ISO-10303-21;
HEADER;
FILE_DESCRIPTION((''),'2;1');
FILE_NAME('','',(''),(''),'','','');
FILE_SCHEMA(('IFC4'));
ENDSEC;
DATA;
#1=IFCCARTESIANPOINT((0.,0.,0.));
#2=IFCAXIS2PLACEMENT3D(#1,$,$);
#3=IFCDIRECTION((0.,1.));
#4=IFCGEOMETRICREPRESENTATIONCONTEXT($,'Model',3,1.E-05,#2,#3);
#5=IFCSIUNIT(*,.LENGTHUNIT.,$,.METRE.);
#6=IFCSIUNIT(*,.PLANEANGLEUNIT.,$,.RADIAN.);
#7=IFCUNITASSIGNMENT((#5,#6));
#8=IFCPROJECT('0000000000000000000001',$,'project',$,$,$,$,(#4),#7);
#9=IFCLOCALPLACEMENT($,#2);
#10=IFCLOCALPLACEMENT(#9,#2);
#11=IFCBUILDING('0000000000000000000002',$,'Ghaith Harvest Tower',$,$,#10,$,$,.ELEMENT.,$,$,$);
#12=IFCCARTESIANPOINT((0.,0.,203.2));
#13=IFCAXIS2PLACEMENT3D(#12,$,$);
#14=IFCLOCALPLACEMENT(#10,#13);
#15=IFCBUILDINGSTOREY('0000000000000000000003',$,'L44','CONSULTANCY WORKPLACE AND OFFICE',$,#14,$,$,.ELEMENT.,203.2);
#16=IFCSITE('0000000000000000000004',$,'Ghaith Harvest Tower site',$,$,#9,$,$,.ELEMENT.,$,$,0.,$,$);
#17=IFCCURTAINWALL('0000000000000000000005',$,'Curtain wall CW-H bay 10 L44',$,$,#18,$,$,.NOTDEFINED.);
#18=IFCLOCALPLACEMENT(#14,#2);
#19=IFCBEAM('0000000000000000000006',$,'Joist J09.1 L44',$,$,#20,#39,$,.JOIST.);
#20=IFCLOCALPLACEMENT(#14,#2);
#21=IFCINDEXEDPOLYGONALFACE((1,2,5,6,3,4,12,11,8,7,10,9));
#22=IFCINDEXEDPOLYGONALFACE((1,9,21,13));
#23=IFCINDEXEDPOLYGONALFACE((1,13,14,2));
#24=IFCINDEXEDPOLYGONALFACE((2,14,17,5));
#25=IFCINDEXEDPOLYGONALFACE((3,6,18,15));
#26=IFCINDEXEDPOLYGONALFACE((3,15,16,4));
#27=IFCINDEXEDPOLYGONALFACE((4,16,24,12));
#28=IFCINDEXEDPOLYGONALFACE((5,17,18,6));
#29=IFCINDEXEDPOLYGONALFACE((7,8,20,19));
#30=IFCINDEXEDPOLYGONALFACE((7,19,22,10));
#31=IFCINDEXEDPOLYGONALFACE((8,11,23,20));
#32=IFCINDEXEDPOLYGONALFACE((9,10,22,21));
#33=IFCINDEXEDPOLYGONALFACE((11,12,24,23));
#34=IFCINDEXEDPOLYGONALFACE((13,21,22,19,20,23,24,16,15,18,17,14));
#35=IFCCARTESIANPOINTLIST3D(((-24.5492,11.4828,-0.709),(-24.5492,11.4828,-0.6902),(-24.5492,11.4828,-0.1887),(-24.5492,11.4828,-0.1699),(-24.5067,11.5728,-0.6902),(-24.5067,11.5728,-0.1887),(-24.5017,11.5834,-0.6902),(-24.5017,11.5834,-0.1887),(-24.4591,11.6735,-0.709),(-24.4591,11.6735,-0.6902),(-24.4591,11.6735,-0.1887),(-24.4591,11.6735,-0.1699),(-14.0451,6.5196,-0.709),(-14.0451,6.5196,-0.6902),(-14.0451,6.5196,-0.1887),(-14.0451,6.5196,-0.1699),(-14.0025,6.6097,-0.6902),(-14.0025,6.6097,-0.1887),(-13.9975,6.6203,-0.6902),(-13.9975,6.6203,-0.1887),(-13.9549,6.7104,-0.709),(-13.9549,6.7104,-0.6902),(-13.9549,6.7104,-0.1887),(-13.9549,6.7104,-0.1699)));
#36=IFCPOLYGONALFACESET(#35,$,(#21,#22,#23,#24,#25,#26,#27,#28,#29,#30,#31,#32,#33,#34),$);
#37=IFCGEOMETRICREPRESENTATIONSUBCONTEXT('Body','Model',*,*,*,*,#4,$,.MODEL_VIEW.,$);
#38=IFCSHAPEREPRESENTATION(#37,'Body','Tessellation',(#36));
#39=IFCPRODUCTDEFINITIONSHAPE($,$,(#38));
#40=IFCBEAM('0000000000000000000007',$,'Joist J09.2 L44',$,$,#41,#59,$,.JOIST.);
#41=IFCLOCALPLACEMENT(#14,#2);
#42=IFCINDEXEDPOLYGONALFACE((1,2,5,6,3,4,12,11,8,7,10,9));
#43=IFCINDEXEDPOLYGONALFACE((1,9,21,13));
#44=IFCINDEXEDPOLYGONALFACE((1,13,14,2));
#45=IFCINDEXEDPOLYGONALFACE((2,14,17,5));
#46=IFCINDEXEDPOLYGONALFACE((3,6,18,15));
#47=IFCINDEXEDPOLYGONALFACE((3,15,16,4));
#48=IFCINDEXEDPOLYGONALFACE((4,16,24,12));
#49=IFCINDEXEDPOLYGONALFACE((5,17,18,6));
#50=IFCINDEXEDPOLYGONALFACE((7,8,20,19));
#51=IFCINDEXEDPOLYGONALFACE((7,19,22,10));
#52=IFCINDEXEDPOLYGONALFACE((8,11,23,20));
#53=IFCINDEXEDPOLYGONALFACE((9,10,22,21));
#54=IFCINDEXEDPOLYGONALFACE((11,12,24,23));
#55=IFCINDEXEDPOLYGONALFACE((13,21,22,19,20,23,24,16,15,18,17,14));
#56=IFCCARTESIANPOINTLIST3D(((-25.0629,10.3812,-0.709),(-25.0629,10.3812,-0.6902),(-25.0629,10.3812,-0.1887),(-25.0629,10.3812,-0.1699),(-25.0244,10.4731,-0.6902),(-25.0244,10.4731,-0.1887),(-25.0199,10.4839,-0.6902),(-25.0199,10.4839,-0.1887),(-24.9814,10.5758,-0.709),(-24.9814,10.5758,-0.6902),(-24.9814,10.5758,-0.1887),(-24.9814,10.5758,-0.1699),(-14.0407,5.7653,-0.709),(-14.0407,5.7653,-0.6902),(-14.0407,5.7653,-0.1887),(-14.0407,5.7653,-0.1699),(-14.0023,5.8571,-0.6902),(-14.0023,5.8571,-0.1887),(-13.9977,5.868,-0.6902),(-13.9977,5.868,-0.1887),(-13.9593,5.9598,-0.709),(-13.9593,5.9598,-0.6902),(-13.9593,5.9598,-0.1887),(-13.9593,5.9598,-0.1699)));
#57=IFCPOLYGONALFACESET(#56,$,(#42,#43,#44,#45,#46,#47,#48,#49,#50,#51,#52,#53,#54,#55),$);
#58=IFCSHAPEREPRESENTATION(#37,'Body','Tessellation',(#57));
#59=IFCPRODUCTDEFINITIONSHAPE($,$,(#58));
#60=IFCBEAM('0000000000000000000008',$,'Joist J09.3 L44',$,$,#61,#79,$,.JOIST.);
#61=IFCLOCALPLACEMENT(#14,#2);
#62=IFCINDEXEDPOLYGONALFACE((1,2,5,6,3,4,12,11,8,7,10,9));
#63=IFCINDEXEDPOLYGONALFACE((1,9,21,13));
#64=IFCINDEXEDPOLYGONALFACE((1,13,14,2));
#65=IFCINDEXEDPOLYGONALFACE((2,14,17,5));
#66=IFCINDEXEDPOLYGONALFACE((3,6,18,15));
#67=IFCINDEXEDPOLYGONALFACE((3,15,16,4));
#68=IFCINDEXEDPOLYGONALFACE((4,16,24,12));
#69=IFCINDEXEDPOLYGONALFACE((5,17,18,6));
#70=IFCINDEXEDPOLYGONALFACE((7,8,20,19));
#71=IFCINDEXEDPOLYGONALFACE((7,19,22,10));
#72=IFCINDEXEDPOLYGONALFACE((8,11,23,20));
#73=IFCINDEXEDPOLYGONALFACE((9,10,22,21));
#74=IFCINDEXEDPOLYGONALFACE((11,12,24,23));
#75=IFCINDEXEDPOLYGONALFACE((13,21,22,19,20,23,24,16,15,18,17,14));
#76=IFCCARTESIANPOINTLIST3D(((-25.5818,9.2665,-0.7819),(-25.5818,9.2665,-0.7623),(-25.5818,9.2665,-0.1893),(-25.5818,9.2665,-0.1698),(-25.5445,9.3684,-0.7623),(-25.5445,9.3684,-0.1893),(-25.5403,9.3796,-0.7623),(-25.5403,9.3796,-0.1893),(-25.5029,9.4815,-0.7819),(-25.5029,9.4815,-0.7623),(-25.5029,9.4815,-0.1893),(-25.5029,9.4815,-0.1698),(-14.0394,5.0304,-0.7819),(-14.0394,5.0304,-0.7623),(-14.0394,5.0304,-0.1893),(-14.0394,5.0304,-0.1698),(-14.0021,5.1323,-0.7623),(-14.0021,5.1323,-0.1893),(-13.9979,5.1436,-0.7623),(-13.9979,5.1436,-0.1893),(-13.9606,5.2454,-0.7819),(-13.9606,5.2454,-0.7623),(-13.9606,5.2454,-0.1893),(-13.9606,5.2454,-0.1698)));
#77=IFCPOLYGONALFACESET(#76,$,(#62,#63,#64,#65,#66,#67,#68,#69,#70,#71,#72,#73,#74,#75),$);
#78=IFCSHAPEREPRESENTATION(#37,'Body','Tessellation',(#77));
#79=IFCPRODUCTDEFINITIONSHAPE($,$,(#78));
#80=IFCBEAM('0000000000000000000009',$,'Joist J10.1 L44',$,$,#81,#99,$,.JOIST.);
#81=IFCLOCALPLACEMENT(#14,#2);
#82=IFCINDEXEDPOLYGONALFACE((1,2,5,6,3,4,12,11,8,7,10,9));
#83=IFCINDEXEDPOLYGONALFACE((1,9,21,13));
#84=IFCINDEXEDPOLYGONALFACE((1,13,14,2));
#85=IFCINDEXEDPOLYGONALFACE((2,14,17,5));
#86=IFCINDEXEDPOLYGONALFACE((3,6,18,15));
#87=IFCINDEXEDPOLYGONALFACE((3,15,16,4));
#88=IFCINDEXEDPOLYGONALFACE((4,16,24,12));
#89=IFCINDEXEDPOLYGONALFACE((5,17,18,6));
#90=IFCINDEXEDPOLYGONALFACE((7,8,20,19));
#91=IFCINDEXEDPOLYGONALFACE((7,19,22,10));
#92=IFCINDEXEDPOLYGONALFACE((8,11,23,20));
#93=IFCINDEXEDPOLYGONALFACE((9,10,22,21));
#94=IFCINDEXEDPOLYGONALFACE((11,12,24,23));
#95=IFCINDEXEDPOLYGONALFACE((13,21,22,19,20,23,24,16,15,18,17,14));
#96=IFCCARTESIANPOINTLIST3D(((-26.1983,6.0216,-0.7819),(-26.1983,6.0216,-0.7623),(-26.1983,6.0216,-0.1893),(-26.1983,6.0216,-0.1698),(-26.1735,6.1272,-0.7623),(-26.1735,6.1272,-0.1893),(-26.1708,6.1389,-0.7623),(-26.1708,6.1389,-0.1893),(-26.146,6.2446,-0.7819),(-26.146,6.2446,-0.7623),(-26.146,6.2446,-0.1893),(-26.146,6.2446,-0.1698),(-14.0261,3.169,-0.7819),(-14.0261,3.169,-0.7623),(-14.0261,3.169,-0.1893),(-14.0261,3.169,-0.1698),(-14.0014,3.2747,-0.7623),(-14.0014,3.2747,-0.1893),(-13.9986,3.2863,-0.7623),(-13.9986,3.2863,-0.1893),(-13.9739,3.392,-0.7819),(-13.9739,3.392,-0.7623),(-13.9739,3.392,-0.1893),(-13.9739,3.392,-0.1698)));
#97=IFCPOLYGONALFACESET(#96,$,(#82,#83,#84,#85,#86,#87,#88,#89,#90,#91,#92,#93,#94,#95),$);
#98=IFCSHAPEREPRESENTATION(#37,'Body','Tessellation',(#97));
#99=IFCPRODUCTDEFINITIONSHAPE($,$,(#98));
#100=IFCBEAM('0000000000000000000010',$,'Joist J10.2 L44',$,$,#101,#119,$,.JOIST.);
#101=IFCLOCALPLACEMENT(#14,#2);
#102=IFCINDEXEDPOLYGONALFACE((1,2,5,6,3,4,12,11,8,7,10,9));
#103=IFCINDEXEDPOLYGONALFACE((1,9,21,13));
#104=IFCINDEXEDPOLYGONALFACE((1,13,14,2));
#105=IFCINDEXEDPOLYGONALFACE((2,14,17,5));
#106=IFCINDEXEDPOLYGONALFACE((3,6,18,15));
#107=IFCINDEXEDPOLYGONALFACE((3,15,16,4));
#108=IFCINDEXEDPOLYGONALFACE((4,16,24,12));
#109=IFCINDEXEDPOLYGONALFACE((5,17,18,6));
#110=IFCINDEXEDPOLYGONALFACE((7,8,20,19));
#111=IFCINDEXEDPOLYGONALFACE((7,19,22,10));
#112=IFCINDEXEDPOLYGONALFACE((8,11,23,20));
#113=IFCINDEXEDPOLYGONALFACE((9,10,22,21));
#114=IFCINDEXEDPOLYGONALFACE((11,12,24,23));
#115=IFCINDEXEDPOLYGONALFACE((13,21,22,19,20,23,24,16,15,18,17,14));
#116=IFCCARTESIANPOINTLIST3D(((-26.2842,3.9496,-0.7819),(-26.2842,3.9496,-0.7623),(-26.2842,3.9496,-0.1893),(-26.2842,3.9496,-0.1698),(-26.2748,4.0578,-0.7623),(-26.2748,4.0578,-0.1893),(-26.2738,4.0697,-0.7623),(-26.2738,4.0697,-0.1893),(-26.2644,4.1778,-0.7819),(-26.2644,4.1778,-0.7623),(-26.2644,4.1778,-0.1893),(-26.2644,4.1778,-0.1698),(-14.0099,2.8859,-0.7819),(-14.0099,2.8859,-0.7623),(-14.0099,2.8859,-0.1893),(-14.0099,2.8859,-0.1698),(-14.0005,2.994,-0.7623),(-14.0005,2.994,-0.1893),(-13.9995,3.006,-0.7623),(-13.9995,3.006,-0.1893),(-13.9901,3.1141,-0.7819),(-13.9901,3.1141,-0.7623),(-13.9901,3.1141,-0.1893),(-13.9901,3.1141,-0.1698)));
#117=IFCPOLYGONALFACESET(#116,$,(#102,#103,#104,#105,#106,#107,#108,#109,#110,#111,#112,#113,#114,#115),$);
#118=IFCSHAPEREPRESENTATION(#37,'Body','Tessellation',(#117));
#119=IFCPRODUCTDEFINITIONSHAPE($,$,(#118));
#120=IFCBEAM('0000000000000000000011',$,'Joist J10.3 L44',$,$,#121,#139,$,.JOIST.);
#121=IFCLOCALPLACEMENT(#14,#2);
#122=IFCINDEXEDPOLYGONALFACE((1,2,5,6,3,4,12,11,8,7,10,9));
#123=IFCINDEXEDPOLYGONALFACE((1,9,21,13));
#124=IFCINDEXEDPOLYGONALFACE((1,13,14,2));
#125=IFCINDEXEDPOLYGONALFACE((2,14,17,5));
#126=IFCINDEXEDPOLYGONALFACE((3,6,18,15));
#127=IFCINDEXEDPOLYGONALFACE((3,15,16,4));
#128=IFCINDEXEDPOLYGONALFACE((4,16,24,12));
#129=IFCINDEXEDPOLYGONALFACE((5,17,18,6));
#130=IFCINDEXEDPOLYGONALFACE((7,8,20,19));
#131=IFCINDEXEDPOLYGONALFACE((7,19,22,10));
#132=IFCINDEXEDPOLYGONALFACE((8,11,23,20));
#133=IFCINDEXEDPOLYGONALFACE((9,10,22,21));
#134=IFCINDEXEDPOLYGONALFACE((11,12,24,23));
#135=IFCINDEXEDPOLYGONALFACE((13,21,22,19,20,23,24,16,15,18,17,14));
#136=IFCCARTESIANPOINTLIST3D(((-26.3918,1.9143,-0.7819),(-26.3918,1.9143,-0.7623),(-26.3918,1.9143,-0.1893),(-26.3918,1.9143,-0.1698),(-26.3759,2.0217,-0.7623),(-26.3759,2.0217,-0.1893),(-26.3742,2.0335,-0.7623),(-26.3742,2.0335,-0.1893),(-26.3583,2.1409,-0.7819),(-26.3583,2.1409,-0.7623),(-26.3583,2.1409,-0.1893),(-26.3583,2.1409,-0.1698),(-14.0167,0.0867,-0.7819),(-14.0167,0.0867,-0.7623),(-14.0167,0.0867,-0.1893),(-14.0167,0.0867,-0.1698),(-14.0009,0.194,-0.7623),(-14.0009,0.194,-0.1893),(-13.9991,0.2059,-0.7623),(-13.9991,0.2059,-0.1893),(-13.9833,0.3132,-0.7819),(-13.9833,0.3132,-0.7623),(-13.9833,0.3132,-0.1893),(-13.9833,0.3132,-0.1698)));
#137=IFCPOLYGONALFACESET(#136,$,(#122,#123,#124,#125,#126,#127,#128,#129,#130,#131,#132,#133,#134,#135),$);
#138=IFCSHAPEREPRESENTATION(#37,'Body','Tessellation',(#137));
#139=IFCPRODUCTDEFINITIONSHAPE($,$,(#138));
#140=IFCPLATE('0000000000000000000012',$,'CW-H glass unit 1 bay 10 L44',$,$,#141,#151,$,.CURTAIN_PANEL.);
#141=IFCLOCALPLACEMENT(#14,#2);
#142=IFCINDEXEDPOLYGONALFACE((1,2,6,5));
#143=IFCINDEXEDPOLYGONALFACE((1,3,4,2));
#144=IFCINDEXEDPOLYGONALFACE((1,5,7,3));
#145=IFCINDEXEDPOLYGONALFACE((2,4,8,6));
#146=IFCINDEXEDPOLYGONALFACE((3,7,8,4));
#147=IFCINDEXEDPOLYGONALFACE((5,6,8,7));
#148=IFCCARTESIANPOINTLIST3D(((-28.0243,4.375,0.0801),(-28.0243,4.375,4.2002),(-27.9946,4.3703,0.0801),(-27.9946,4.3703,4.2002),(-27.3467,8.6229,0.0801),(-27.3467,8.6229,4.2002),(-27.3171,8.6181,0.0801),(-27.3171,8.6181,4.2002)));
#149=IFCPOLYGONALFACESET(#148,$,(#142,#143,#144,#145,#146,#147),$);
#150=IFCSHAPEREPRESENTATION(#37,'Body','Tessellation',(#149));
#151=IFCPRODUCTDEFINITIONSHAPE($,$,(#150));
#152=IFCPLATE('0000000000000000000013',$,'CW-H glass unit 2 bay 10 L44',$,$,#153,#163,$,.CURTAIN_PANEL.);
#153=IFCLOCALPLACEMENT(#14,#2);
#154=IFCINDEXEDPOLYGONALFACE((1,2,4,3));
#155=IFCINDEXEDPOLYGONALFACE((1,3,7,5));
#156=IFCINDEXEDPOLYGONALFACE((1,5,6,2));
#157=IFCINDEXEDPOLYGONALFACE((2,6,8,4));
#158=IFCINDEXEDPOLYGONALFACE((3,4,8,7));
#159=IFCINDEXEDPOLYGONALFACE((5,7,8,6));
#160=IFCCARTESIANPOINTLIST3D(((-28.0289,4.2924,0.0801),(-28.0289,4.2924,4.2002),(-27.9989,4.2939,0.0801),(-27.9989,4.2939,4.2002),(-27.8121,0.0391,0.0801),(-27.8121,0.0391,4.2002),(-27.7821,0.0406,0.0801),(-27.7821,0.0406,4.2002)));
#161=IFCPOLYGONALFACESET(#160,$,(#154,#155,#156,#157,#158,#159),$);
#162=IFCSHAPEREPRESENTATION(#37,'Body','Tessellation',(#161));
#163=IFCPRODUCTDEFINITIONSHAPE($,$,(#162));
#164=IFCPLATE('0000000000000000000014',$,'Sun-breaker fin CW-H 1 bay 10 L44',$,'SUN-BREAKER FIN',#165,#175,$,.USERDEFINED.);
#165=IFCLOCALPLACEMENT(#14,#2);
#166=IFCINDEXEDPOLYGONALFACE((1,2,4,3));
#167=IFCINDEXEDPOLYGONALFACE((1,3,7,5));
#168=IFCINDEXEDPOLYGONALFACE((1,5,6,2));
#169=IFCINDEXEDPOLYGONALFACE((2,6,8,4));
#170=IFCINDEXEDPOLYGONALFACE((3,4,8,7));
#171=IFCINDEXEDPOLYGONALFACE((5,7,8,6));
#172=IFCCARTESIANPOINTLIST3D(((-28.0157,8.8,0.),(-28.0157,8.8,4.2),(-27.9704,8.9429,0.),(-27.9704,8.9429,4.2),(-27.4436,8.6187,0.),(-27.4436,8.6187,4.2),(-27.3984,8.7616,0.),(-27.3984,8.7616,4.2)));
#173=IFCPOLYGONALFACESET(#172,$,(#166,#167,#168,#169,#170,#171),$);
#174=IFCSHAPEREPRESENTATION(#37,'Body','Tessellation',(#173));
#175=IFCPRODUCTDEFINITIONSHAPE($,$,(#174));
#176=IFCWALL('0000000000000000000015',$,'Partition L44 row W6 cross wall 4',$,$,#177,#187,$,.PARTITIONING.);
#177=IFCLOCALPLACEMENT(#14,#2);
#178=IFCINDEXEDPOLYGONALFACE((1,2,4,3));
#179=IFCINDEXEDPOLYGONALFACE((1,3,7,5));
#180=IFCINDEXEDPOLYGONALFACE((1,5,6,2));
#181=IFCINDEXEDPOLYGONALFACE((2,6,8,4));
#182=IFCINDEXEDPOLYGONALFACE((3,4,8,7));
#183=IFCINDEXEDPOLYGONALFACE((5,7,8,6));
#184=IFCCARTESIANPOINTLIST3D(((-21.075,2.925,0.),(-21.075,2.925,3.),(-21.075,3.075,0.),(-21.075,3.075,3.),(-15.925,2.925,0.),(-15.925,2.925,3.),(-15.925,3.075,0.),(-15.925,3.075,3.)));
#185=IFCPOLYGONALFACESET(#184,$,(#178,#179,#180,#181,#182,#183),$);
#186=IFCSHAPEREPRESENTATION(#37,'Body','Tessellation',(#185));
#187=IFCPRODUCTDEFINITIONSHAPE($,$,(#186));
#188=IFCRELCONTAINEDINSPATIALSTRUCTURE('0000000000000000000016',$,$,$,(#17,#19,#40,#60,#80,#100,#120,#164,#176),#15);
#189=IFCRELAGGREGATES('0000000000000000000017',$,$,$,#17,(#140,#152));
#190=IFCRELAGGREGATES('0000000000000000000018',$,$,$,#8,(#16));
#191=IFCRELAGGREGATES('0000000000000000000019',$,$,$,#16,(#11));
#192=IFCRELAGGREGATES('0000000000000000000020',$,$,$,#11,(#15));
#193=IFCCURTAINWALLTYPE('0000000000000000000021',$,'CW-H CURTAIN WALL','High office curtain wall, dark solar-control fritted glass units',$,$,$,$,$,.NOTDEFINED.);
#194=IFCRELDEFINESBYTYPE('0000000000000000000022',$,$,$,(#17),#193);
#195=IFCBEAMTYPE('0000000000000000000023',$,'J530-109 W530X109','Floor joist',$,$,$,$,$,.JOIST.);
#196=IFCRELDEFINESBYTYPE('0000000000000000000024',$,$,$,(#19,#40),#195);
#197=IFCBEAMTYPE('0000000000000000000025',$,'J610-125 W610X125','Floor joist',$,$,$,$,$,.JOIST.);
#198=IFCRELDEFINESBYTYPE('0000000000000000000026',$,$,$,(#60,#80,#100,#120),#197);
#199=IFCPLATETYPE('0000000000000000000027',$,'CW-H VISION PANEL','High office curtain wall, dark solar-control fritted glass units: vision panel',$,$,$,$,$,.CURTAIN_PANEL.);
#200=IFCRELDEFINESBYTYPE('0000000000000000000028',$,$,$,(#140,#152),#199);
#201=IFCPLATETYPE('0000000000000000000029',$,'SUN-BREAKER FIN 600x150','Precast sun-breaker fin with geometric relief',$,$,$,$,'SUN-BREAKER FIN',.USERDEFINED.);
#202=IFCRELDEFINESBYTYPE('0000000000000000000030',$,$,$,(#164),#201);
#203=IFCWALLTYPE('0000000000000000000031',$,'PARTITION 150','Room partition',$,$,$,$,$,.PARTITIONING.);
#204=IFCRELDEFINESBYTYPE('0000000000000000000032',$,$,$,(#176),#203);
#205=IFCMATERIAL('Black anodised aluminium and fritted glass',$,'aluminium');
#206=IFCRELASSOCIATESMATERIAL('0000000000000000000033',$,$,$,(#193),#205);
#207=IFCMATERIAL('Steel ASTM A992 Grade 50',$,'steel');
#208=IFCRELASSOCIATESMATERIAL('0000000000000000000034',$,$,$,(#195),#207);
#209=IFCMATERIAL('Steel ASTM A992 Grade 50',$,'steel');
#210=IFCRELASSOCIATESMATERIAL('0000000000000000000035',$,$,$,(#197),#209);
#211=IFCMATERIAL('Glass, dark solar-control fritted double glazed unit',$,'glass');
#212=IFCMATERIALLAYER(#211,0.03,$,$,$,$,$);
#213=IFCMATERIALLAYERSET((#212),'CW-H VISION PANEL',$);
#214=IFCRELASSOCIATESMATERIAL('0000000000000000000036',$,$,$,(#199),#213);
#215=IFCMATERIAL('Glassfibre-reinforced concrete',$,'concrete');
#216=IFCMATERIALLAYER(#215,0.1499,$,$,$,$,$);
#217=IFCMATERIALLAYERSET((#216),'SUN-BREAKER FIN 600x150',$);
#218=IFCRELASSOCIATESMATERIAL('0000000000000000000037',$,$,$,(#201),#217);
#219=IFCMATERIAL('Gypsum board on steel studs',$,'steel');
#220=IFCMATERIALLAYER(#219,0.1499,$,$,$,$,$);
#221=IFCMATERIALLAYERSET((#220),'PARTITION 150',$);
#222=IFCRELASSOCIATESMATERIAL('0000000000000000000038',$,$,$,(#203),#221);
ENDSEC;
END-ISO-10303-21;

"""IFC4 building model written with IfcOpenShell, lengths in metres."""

from ifc_helpers import new_model, si_unit, direction, frame, frame_2d, origin, origin_2d, place, context, subcontext, project, spatial, rectangle, i_section, extrude, material, layer, layer_set, material_profile, profile_set, type_object, element, aggregate, save


model = new_model("IFC4")

# Units and contexts
model_context = context("Model", 3, precision=1e-05, world=origin(), true_north=direction((0.0, 1.0)))
body_context = subcontext(model_context, "Body", "Model", "MODEL_VIEW")
ifc_project = project(units=[si_unit("LENGTHUNIT", "METRE"), si_unit("PLANEANGLEUNIT", "RADIAN")], contexts=[model_context])

# Site, building, storey
site_placement = place(None, origin())
site = spatial("IfcSite", under=ifc_project, at=site_placement, Name="Ghaith Harvest Tower site", CompositionType="ELEMENT", RefElevation=0.0)
building_placement = place(site_placement, origin())
building = spatial("IfcBuilding", under=site, at=building_placement, Name="Ghaith Harvest Tower", CompositionType="ELEMENT")
storey_placement = place(building_placement, frame((0.0, 0.0, 203.2)))
storey = spatial("IfcBuildingStorey", under=building, at=storey_placement, Name="L44", Description="CONSULTANCY WORKPLACE AND OFFICE", CompositionType="ELEMENT", Elevation=203.2)

# Curtain wall
ifc_material_1 = material(Name="Black anodised aluminium and fritted glass", Category="aluminium")
curtain_wall_type = type_object("IfcCurtainWallType", Name="CW-H CURTAIN WALL", Description="High office curtain wall, dark solar-control fritted glass units", PredefinedType="NOTDEFINED", material=ifc_material_1)
curtain_wall_placement = place(storey_placement, origin())
curtain_wall = element("IfcCurtainWall", 1, at=curtain_wall_placement, inside=storey, type_object=curtain_wall_type, Name="Curtain wall CW-H bay 10 L44", PredefinedType="NOTDEFINED")

# Beams
ifc_material_2 = material(Name="Steel ASTM A992 Grade 50", Category="steel")
ifc_material_profile_1 = material_profile(ifc_material_2, i_section(OverallWidth=0.2109, OverallDepth=0.5391, WebThickness=0.0117, FlangeThickness=0.0188, at=origin_2d()), Name="W530X109")
ifc_profile_set_1 = profile_set([ifc_material_profile_1], Name="Steel ASTM A992 Grade 50")
beam_type_1 = type_object("IfcBeamType", Name="J530-109 W530X109", Description="Floor joist", PredefinedType="JOIST", material=ifc_profile_set_1)
beam_1_placement = place(storey_placement, frame((-14.0, 6.615, -0.4395), z_axis=(-0.904154, 0.427206, 0.0), x_axis=(-0.427206, -0.904154, 0.0)))
element("IfcBeam", 2, at=beam_1_placement, inside=storey, type_object=beam_type_1, Name="Joist J09.1 L44", PredefinedType="JOIST", context=body_context, shape_type="SweptSolid", body=[
    extrude(i_section(OverallWidth=0.2109, OverallDepth=0.5391, WebThickness=0.0117, FlangeThickness=0.0188, at=origin_2d()), origin(), (0.0, 0.0, 1.0), 11.6177),
])
beam_2_placement = place(storey_placement, frame((-14.0, 5.8625, -0.4395), z_axis=(-0.922381, 0.386282, 0.0), x_axis=(-0.386282, -0.922381, 0.0)))
element("IfcBeam", 3, at=beam_2_placement, inside=storey, type_object=beam_type_1, Name="Joist J09.2 L44", PredefinedType="JOIST", context=body_context, shape_type="SweptSolid", body=[
    extrude(i_section(OverallWidth=0.2109, OverallDepth=0.5391, WebThickness=0.0117, FlangeThickness=0.0188, at=origin_2d()), origin(), (0.0, 0.0, 1.0), 11.9497),
])
ifc_material_3 = material(Name="Steel ASTM A992 Grade 50", Category="steel")
ifc_material_profile_2 = material_profile(ifc_material_3, i_section(OverallWidth=0.229, OverallDepth=0.6121, WebThickness=0.012, FlangeThickness=0.0195, at=origin_2d()), Name="W610X125")
ifc_profile_set_2 = profile_set([ifc_material_profile_2], Name="Steel ASTM A992 Grade 50")
beam_type_2 = type_object("IfcBeamType", Name="J610-125 W610X125", Description="Floor joist", PredefinedType="JOIST", material=ifc_profile_set_2)
beam_3_placement = place(storey_placement, frame((-14.0, 5.1379, -0.4758), z_axis=(-0.938775, 0.34453, 0.0), x_axis=(-0.34453, -0.938775, 0.0)))
element("IfcBeam", 4, at=beam_3_placement, inside=storey, type_object=beam_type_2, Name="Joist J09.3 L44", PredefinedType="JOIST", context=body_context, shape_type="SweptSolid", body=[
    extrude(i_section(OverallWidth=0.229, OverallDepth=0.6121, WebThickness=0.012, FlangeThickness=0.0195, at=origin_2d()), origin(), (0.0, 0.0, 1.0), 12.2952),
])
beam_4_placement = place(storey_placement, frame((-14.0, 3.2805, -0.4758), z_axis=(-0.973622, 0.228168, 0.0), x_axis=(-0.228168, -0.973622, 0.0)))
element("IfcBeam", 5, at=beam_4_placement, inside=storey, type_object=beam_type_2, Name="Joist J10.1 L44", PredefinedType="JOIST", context=body_context, shape_type="SweptSolid", body=[
    extrude(i_section(OverallWidth=0.229, OverallDepth=0.6121, WebThickness=0.012, FlangeThickness=0.0195, at=origin_2d()), origin(), (0.0, 0.0, 1.0), 12.502),
])
beam_5_placement = place(storey_placement, frame((-14.0, 3.0, -0.4758), z_axis=(-0.996266, 0.086338, 0.0), x_axis=(-0.086338, -0.996266, 0.0)))
element("IfcBeam", 6, at=beam_5_placement, inside=storey, type_object=beam_type_2, Name="Joist J10.2 L44", PredefinedType="JOIST", context=body_context, shape_type="SweptSolid", body=[
    extrude(i_section(OverallWidth=0.229, OverallDepth=0.6121, WebThickness=0.012, FlangeThickness=0.0195, at=origin_2d()), origin(), (0.0, 0.0, 1.0), 12.3203),
])
beam_6_placement = place(storey_placement, frame((-14.0, 0.2, -0.4758), z_axis=(-0.989269, 0.146103, 0.0), x_axis=(-0.146103, -0.989269, 0.0)))
element("IfcBeam", 7, at=beam_6_placement, inside=storey, type_object=beam_type_2, Name="Joist J10.3 L44", PredefinedType="JOIST", context=body_context, shape_type="SweptSolid", body=[
    extrude(i_section(OverallWidth=0.229, OverallDepth=0.6121, WebThickness=0.012, FlangeThickness=0.0195, at=origin_2d()), origin(), (0.0, 0.0, 1.0), 12.5093),
])

# Plates
ifc_material_4 = material(Name="Glass, dark solar-control fritted double glazed unit", Category="glass")
ifc_layer_1 = layer(ifc_material_4, 0.03)
ifc_layer_set_1 = layer_set([ifc_layer_1], Name="CW-H VISION PANEL")
plate_type_1 = type_object("IfcPlateType", Name="CW-H VISION PANEL", Description="High office curtain wall, dark solar-control fritted glass units: vision panel", PredefinedType="CURTAIN_PANEL", material=ifc_layer_set_1)
plate_1_placement = place(storey_placement, frame((-27.6707, 6.4966, 0.0801), z_axis=(0.0, 0.0, 1.0), x_axis=(-0.157514, -0.987517, 0.0)))
plate_1 = element("IfcPlate", 8, at=plate_1_placement, type_object=plate_type_1, Name="CW-H glass unit 1 bay 10 L44", PredefinedType="CURTAIN_PANEL", context=body_context, shape_type="SweptSolid", body=[
    extrude(rectangle(XDim=4.3015, YDim=0.03, at=origin_2d()), origin(), (0.0, 0.0, 1.0), 4.1201),
])
plate_2_placement = place(storey_placement, frame((-27.9055, 2.1665, 0.0801), z_axis=(0.0, 0.0, 1.0), x_axis=(0.050895, -0.998704, 0.0)))
plate_2 = element("IfcPlate", 9, at=plate_2_placement, type_object=plate_type_1, Name="CW-H glass unit 2 bay 10 L44", PredefinedType="CURTAIN_PANEL", context=body_context, shape_type="SweptSolid", body=[
    extrude(rectangle(XDim=4.2588, YDim=0.03, at=origin_2d()), origin(), (0.0, 0.0, 1.0), 4.1201),
])
aggregate(curtain_wall, [plate_1, plate_2])
ifc_material_5 = material(Name="Glassfibre-reinforced concrete", Category="concrete")
ifc_layer_2 = layer(ifc_material_5, 0.1499)
ifc_layer_set_2 = layer_set([ifc_layer_2], Name="SUN-BREAKER FIN 600x150")
plate_type_2 = type_object("IfcPlateType", Name="SUN-BREAKER FIN 600x150", Description="Precast sun-breaker fin with geometric relief", ElementType="SUN-BREAKER FIN", PredefinedType="USERDEFINED", material=ifc_layer_set_2)
plate_3_placement = place(storey_placement, frame((-27.707, 8.7808, 0.0), z_axis=(0.0, 0.0, 1.0), x_axis=(-0.953273, 0.30211, 0.0)))
element("IfcPlate", 10, at=plate_3_placement, inside=storey, type_object=plate_type_2, Name="Sun-breaker fin CW-H 1 bay 10 L44", ObjectType="SUN-BREAKER FIN", PredefinedType="USERDEFINED", context=body_context, shape_type="SweptSolid", body=[
    extrude(rectangle(XDim=0.6001, YDim=0.1499, at=origin_2d()), origin(), (0.0, 0.0, 1.0), 4.2),
])

# Wall
ifc_material_6 = material(Name="Gypsum board on steel studs", Category="steel")
ifc_layer_3 = layer(ifc_material_6, 0.1499)
ifc_layer_set_3 = layer_set([ifc_layer_3], Name="PARTITION 150")
wall_type_1 = type_object("IfcWallType", Name="PARTITION 150", Description="Room partition", PredefinedType="PARTITIONING", material=ifc_layer_set_3)
for number, where, z_axis, x_axis, name in (
    (11, (-15.925, 3.0, 0.0), (0.0, 0.0, 1.0), (-1.0, 0.0, 0.0), "Partition L44 row W6 cross wall 4"),
):
    element("IfcWall", number, at=place(storey_placement, frame(where, z_axis=z_axis, x_axis=x_axis)), inside=storey, type_object=wall_type_1, Name=name, PredefinedType="PARTITIONING", context=body_context, shape_type="SweptSolid", body=[
        extrude(rectangle(XDim=5.1499, YDim=0.1499, at=frame_2d((2.575, 0.0))), origin(), (0.0, 0.0, 1.0), 3.0),
    ])

save(model, "model.ifc")
